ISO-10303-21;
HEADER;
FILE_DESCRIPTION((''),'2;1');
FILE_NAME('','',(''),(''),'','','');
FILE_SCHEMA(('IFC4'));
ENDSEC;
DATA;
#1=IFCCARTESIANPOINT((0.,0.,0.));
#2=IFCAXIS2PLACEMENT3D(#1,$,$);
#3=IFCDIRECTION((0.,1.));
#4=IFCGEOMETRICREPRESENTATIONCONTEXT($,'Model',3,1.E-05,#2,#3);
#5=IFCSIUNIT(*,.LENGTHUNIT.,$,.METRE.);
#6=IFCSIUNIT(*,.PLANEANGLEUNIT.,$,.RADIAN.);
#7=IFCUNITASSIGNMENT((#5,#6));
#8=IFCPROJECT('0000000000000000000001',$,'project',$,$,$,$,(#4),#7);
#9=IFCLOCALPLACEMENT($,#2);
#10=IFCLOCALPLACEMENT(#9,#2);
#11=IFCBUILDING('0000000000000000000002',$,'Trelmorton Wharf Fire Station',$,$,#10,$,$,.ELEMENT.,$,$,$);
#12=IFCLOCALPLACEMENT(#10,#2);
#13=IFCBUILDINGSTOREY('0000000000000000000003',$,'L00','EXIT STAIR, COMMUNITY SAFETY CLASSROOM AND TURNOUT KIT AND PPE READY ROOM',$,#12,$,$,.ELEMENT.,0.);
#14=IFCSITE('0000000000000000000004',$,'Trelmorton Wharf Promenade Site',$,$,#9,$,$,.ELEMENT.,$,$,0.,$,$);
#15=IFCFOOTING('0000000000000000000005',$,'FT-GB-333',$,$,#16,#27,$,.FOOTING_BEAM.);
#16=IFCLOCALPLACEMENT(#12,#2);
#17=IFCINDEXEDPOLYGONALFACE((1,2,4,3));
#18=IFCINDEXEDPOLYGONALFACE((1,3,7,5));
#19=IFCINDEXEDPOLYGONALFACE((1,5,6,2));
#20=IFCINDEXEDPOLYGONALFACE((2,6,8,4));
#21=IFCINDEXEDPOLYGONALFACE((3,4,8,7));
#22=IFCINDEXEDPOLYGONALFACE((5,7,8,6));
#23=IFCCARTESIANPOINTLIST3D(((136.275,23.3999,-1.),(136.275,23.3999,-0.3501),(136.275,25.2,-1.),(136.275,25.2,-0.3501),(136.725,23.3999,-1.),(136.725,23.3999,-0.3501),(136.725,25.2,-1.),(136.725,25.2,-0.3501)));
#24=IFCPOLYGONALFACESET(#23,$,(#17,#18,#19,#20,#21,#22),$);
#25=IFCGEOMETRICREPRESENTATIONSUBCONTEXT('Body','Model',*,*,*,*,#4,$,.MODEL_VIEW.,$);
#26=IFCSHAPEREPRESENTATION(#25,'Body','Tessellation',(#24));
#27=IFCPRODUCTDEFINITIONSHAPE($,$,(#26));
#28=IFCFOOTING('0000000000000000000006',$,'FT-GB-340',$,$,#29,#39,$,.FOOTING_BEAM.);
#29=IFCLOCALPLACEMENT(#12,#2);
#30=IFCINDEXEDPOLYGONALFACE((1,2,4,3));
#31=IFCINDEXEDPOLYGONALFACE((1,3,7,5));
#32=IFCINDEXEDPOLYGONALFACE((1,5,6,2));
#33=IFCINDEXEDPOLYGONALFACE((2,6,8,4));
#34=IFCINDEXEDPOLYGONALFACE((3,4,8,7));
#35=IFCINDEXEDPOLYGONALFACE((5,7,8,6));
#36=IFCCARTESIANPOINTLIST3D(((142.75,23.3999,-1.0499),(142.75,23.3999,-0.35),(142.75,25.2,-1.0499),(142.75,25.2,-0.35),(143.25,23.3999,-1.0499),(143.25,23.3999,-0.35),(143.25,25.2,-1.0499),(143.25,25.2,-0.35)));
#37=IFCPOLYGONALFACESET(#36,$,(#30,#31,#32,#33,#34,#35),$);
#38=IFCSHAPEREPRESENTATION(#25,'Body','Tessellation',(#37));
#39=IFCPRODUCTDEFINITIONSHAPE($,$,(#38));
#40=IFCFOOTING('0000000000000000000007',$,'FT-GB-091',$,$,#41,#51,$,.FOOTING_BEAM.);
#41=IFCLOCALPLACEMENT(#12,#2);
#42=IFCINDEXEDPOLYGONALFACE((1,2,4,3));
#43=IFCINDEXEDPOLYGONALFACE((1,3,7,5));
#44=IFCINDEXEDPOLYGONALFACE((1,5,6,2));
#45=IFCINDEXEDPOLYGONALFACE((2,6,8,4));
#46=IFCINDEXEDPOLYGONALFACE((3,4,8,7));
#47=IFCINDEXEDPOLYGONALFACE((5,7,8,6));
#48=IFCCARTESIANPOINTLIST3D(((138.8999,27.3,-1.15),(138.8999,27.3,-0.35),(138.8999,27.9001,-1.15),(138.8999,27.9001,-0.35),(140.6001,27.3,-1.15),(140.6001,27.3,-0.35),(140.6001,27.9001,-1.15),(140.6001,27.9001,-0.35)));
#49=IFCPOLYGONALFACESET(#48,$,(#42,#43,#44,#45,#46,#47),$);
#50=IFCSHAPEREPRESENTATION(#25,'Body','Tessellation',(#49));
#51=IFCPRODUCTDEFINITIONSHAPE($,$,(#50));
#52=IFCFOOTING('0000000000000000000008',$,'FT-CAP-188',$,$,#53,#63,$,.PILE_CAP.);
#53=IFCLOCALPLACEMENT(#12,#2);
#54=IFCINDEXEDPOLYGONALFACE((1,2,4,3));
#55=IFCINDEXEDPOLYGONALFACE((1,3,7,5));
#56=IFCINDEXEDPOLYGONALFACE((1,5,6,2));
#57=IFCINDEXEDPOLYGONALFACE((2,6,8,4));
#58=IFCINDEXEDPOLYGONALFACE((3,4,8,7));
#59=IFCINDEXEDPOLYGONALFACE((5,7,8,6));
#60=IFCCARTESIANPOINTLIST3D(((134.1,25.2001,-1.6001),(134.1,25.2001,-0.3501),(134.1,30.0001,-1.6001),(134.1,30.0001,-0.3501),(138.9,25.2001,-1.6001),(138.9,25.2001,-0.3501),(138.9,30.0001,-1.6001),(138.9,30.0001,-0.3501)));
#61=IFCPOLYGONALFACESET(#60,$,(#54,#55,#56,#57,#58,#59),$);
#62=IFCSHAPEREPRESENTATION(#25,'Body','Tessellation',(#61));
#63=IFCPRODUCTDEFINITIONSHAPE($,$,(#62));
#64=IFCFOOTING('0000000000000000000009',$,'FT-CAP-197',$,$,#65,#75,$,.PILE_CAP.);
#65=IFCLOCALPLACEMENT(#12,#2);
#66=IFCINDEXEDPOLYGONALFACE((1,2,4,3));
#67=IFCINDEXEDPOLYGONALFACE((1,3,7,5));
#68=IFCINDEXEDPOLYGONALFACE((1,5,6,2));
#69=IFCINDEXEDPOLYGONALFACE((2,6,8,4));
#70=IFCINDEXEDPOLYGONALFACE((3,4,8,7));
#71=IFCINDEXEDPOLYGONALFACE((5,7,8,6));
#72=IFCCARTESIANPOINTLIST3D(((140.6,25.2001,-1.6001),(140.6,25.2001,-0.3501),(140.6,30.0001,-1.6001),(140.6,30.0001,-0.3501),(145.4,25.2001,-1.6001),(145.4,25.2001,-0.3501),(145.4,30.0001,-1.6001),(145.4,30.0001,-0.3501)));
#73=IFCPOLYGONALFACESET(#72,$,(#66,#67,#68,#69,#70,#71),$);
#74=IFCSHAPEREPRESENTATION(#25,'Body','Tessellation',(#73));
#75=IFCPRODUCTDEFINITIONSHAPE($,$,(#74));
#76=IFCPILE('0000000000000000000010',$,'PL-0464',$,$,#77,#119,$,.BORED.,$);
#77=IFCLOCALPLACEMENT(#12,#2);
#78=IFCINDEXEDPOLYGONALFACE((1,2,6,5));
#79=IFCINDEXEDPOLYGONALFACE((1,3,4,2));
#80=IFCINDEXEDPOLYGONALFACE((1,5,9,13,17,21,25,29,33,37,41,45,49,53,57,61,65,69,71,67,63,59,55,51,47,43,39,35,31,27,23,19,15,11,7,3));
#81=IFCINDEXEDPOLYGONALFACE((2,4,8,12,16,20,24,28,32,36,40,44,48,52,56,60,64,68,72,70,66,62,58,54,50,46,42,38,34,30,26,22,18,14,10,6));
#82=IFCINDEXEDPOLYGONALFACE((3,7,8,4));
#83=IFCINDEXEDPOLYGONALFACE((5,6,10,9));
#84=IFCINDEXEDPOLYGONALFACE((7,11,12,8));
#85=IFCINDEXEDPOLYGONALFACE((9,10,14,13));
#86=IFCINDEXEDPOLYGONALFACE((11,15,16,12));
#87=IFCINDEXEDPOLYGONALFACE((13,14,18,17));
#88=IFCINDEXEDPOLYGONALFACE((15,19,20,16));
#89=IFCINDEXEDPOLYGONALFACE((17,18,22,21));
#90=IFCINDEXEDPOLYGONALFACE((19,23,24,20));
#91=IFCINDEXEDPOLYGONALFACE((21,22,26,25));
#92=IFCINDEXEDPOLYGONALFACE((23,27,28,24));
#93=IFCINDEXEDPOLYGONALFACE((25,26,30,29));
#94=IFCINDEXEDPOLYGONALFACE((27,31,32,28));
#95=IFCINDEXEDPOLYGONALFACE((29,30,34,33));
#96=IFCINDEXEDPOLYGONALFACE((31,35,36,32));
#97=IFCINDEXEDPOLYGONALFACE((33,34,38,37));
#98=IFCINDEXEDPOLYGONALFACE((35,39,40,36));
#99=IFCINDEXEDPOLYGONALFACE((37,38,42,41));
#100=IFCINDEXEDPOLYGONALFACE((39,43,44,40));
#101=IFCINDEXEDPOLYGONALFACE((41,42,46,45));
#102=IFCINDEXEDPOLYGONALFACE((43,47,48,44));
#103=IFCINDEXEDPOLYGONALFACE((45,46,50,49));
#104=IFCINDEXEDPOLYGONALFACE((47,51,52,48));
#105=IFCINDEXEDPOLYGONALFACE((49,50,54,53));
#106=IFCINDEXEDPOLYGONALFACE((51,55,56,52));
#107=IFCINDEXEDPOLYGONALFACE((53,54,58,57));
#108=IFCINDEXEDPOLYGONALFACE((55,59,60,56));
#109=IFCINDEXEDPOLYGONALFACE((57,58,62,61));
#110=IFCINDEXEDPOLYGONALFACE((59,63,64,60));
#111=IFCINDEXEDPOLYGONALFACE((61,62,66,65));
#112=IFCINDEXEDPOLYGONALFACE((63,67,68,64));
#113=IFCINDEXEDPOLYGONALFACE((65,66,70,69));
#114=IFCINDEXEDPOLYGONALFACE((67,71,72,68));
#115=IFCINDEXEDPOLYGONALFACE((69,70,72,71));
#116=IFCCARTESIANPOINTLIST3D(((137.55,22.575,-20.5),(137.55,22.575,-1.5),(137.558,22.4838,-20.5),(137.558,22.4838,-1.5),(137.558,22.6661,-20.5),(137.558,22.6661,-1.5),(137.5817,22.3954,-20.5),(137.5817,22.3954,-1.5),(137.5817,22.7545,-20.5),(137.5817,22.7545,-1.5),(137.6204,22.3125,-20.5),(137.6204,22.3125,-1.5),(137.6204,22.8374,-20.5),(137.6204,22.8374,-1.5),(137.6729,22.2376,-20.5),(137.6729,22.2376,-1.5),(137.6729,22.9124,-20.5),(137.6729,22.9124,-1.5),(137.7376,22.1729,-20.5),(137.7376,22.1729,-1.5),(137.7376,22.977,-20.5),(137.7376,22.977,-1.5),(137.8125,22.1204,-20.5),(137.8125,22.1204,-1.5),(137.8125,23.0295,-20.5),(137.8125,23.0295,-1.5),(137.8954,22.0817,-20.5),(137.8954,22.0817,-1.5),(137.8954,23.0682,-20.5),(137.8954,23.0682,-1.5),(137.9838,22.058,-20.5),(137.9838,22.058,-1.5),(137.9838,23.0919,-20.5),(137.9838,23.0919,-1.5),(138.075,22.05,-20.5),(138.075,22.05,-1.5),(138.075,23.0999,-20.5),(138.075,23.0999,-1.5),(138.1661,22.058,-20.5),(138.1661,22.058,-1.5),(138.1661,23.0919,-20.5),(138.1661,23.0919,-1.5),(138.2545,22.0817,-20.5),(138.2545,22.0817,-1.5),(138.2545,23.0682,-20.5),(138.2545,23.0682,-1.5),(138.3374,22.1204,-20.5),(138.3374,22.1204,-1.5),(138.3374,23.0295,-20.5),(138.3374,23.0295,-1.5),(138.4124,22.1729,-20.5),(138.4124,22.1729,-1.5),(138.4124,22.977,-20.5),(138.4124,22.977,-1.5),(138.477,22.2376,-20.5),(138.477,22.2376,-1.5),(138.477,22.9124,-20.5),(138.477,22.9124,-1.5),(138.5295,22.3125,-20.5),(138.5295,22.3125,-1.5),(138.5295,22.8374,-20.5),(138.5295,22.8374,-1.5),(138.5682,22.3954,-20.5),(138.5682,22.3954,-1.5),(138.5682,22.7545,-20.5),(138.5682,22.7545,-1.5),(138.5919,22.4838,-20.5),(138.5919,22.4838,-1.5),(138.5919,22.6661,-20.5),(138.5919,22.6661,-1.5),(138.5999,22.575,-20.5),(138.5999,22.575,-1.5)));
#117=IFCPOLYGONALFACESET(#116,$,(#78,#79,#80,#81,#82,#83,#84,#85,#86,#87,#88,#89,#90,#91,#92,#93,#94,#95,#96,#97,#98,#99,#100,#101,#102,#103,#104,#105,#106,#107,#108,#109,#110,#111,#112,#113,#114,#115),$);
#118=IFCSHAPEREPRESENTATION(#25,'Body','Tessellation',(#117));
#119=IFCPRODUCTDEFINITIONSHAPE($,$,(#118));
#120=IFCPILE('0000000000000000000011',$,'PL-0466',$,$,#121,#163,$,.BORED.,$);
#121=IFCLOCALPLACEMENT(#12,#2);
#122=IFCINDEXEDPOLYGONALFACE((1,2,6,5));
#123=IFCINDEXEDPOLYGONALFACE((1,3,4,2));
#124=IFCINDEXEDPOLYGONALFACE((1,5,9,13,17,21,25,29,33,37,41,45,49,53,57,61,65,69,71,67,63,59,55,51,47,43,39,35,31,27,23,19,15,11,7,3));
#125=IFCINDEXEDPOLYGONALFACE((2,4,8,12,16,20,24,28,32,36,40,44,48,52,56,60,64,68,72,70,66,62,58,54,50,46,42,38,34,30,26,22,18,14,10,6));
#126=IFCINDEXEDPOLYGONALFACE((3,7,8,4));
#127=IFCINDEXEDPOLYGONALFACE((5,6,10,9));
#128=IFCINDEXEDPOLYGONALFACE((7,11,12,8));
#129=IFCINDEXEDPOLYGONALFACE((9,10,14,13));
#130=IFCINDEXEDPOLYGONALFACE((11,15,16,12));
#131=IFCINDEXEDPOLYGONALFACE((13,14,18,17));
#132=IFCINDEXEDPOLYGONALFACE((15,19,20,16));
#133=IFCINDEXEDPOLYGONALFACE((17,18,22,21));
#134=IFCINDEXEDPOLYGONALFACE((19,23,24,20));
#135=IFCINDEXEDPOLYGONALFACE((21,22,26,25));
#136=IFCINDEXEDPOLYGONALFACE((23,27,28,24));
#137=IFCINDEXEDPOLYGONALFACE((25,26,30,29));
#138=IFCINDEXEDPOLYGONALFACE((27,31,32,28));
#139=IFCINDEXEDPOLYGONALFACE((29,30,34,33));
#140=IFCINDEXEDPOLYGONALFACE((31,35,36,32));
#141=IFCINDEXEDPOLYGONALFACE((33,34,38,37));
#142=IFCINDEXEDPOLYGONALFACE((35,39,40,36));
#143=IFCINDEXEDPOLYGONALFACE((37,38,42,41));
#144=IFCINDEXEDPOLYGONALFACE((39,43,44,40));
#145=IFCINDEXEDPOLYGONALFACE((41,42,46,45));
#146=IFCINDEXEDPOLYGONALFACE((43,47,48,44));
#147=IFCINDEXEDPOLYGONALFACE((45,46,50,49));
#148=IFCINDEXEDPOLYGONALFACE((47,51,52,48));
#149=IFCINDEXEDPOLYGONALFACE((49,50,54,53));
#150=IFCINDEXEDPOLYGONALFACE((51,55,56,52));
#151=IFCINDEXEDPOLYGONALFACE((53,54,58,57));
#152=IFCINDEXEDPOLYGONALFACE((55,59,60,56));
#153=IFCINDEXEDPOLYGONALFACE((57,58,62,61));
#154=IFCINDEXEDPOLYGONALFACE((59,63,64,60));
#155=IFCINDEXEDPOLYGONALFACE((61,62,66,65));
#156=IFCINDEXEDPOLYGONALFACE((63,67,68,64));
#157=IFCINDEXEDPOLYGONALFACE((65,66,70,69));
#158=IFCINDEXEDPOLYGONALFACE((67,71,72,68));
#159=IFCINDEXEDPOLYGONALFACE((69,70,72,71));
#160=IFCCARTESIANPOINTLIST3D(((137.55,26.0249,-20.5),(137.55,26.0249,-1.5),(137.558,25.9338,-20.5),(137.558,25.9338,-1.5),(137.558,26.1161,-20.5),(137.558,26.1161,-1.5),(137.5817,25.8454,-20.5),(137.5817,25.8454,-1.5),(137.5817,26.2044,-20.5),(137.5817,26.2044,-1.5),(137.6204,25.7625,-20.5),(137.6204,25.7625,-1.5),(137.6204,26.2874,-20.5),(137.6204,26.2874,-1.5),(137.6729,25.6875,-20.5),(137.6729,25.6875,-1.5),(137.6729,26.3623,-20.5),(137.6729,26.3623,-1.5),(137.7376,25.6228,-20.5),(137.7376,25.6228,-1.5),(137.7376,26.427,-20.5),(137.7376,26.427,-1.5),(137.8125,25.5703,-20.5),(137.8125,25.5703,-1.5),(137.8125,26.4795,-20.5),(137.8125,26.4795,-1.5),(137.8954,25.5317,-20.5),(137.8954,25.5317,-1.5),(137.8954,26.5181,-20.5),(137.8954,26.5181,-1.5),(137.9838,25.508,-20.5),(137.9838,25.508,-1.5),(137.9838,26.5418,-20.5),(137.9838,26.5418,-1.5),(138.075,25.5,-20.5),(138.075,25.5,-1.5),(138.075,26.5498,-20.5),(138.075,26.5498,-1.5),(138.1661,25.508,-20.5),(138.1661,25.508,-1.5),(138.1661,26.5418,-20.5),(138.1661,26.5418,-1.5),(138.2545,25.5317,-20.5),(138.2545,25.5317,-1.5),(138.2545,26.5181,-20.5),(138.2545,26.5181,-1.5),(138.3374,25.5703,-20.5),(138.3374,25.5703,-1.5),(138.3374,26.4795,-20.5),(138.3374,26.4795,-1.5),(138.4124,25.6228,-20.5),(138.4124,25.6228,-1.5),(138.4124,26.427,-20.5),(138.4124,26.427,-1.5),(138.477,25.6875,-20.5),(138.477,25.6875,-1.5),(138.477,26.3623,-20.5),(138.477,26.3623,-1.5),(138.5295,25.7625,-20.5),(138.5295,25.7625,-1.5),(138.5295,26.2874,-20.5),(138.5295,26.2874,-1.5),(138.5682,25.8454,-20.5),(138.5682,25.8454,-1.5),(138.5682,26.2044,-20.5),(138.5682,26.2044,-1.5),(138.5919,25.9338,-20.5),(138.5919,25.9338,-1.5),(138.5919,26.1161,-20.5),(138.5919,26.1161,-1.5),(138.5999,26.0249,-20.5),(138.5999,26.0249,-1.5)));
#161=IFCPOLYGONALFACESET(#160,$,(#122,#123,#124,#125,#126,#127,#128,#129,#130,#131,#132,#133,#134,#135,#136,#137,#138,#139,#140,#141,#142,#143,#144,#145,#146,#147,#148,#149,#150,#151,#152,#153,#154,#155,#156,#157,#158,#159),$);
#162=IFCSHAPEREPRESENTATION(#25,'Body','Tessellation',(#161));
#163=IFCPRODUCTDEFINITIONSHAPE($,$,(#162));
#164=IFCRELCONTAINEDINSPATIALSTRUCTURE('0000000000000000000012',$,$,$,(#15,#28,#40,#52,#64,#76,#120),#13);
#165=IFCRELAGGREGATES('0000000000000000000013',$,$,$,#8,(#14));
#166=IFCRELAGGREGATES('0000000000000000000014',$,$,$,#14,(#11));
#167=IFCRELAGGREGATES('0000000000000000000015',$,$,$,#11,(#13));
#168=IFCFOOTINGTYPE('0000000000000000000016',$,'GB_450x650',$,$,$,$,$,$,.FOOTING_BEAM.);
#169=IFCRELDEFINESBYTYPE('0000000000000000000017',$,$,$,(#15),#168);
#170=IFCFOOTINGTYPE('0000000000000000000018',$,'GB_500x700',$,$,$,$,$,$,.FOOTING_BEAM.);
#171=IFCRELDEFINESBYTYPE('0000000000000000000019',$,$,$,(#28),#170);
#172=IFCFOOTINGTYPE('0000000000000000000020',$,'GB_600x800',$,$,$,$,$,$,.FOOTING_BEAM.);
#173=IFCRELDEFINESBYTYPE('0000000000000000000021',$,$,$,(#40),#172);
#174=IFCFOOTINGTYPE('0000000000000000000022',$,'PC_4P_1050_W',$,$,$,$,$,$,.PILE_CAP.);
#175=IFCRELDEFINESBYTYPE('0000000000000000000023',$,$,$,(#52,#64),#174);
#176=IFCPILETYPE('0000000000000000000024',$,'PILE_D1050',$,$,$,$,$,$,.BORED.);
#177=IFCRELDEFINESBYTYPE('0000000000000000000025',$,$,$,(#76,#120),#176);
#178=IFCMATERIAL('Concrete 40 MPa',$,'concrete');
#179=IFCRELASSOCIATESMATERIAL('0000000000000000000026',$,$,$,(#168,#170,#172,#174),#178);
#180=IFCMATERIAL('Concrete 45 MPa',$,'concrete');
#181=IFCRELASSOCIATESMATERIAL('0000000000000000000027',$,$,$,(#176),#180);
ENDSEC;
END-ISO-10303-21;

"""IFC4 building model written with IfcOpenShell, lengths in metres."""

from ifc_helpers import new_model, si_unit, direction, frame, origin, origin_2d, place, context, subcontext, project, spatial, rectangle, circle, extrude, material, material_profile, profile_set, type_object, element, save


model = new_model("IFC4")

# Units and contexts
model_context = context("Model", 3, precision=1e-05, world=origin(), true_north=direction((0.0, 1.0)))
body_context = subcontext(model_context, "Body", "Model", "MODEL_VIEW")
ifc_project = project(units=[si_unit("LENGTHUNIT", "METRE"), si_unit("PLANEANGLEUNIT", "RADIAN")], contexts=[model_context])

# Site, building, storey
site_placement = place(None, origin())
site = spatial("IfcSite", under=ifc_project, at=site_placement, Name="Trelmorton Wharf Promenade Site", CompositionType="ELEMENT", RefElevation=0.0)
building_placement = place(site_placement, origin())
building = spatial("IfcBuilding", under=site, at=building_placement, Name="Trelmorton Wharf Fire Station", CompositionType="ELEMENT")
storey_placement = place(building_placement, origin())
storey = spatial("IfcBuildingStorey", under=building, at=storey_placement, Name="L00", Description="EXIT STAIR, COMMUNITY SAFETY CLASSROOM AND TURNOUT KIT AND PPE READY ROOM", CompositionType="ELEMENT", Elevation=0.0)

# Footings
ifc_material_1 = material(Name="Concrete 40 MPa", Category="concrete")
ifc_material_profile_1 = material_profile(ifc_material_1, rectangle(XDim=0.45, YDim=0.6499, at=origin_2d()), Name="RC450x650")
ifc_profile_set_1 = profile_set([ifc_material_profile_1], Name="Concrete 40 MPa")
footing_type_1 = type_object("IfcFootingType", Name="GB_450x650", PredefinedType="FOOTING_BEAM", material=ifc_profile_set_1)
footing_1_placement = place(storey_placement, frame((136.5, 23.3999, -0.675), z_axis=(0.0, 1.0, 0.0), x_axis=(-1.0, 0.0, 0.0)))
element("IfcFooting", 1, at=footing_1_placement, inside=storey, type_object=footing_type_1, Name="FT-GB-333", PredefinedType="FOOTING_BEAM", context=body_context, shape_type="SweptSolid", body=[
    extrude(rectangle(XDim=0.45, YDim=0.6499, at=origin_2d()), origin(), (0.0, 0.0, 1.0), 1.8),
])
ifc_material_profile_2 = material_profile(ifc_material_1, rectangle(XDim=0.5, YDim=0.7, at=origin_2d()), Name="RC500x700")
ifc_profile_set_2 = profile_set([ifc_material_profile_2], Name="Concrete 40 MPa")
footing_type_2 = type_object("IfcFootingType", Name="GB_500x700", PredefinedType="FOOTING_BEAM", material=ifc_profile_set_2)
footing_2_placement = place(storey_placement, frame((143.0, 23.3999, -0.7), z_axis=(0.0, 1.0, 0.0), x_axis=(-1.0, 0.0, 0.0)))
element("IfcFooting", 2, at=footing_2_placement, inside=storey, type_object=footing_type_2, Name="FT-GB-340", PredefinedType="FOOTING_BEAM", context=body_context, shape_type="SweptSolid", body=[
    extrude(rectangle(XDim=0.5, YDim=0.7, at=origin_2d()), origin(), (0.0, 0.0, 1.0), 1.8),
])
ifc_material_profile_3 = material_profile(ifc_material_1, rectangle(XDim=0.6001, YDim=0.8, at=origin_2d()), Name="RC600x800")
ifc_profile_set_3 = profile_set([ifc_material_profile_3], Name="Concrete 40 MPa")
footing_type_3 = type_object("IfcFootingType", Name="GB_600x800", PredefinedType="FOOTING_BEAM", material=ifc_profile_set_3)
footing_3_placement = place(storey_placement, frame((138.8999, 27.6001, -0.75), z_axis=(1.0, 0.0, 0.0), x_axis=(0.0, 1.0, 0.0)))
element("IfcFooting", 3, at=footing_3_placement, inside=storey, type_object=footing_type_3, Name="FT-GB-091", PredefinedType="FOOTING_BEAM", context=body_context, shape_type="SweptSolid", body=[
    extrude(rectangle(XDim=0.6001, YDim=0.8, at=origin_2d()), origin(), (0.0, 0.0, 1.0), 1.7002),
])
footing_type_4 = type_object("IfcFootingType", Name="PC_4P_1050_W", PredefinedType="PILE_CAP", material=ifc_material_1)
for number, where, z_axis, x_axis, name in (
    (4, (136.5, 27.6001, -1.6001), (0.0, 0.0, 1.0), (1.0, 0.0, 0.0), "FT-CAP-188"),
    (5, (143.0, 27.6001, -1.6001), (0.0, 0.0, 1.0), (1.0, 0.0, 0.0), "FT-CAP-197"),
):
    element("IfcFooting", number, at=place(storey_placement, frame(where, z_axis=z_axis, x_axis=x_axis)), inside=storey, type_object=footing_type_4, Name=name, PredefinedType="PILE_CAP", context=body_context, shape_type="SweptSolid", body=[
        extrude(rectangle(XDim=4.8, YDim=4.8, at=origin_2d()), origin(), (0.0, 0.0, 1.0), 1.25),
    ])

# Piles
ifc_material_2 = material(Name="Concrete 45 MPa", Category="concrete")
ifc_material_profile_4 = material_profile(ifc_material_2, circle(Radius=0.5249, at=origin_2d()), Name="PILE-D1050")
ifc_profile_set_4 = profile_set([ifc_material_profile_4], Name="Concrete 45 MPa")
pile_type = type_object("IfcPileType", Name="PILE_D1050", PredefinedType="BORED", material=ifc_profile_set_4)
for number, where, z_axis, x_axis, name in (
    (6, (138.075, 22.575, -1.5), (0.0, 0.0, -1.0), (1.0, 0.0, 0.0), "PL-0464"),
    (7, (138.075, 26.0249, -1.5), (0.0, 0.0, -1.0), (1.0, 0.0, 0.0), "PL-0466"),
):
    element("IfcPile", number, at=place(storey_placement, frame(where, z_axis=z_axis, x_axis=x_axis)), inside=storey, type_object=pile_type, Name=name, PredefinedType="BORED", context=body_context, shape_type="SweptSolid", body=[
        extrude(circle(Radius=0.5249, at=origin_2d()), origin(), (0.0, 0.0, 1.0), 19.0),
    ])

save(model, "model.ifc")
